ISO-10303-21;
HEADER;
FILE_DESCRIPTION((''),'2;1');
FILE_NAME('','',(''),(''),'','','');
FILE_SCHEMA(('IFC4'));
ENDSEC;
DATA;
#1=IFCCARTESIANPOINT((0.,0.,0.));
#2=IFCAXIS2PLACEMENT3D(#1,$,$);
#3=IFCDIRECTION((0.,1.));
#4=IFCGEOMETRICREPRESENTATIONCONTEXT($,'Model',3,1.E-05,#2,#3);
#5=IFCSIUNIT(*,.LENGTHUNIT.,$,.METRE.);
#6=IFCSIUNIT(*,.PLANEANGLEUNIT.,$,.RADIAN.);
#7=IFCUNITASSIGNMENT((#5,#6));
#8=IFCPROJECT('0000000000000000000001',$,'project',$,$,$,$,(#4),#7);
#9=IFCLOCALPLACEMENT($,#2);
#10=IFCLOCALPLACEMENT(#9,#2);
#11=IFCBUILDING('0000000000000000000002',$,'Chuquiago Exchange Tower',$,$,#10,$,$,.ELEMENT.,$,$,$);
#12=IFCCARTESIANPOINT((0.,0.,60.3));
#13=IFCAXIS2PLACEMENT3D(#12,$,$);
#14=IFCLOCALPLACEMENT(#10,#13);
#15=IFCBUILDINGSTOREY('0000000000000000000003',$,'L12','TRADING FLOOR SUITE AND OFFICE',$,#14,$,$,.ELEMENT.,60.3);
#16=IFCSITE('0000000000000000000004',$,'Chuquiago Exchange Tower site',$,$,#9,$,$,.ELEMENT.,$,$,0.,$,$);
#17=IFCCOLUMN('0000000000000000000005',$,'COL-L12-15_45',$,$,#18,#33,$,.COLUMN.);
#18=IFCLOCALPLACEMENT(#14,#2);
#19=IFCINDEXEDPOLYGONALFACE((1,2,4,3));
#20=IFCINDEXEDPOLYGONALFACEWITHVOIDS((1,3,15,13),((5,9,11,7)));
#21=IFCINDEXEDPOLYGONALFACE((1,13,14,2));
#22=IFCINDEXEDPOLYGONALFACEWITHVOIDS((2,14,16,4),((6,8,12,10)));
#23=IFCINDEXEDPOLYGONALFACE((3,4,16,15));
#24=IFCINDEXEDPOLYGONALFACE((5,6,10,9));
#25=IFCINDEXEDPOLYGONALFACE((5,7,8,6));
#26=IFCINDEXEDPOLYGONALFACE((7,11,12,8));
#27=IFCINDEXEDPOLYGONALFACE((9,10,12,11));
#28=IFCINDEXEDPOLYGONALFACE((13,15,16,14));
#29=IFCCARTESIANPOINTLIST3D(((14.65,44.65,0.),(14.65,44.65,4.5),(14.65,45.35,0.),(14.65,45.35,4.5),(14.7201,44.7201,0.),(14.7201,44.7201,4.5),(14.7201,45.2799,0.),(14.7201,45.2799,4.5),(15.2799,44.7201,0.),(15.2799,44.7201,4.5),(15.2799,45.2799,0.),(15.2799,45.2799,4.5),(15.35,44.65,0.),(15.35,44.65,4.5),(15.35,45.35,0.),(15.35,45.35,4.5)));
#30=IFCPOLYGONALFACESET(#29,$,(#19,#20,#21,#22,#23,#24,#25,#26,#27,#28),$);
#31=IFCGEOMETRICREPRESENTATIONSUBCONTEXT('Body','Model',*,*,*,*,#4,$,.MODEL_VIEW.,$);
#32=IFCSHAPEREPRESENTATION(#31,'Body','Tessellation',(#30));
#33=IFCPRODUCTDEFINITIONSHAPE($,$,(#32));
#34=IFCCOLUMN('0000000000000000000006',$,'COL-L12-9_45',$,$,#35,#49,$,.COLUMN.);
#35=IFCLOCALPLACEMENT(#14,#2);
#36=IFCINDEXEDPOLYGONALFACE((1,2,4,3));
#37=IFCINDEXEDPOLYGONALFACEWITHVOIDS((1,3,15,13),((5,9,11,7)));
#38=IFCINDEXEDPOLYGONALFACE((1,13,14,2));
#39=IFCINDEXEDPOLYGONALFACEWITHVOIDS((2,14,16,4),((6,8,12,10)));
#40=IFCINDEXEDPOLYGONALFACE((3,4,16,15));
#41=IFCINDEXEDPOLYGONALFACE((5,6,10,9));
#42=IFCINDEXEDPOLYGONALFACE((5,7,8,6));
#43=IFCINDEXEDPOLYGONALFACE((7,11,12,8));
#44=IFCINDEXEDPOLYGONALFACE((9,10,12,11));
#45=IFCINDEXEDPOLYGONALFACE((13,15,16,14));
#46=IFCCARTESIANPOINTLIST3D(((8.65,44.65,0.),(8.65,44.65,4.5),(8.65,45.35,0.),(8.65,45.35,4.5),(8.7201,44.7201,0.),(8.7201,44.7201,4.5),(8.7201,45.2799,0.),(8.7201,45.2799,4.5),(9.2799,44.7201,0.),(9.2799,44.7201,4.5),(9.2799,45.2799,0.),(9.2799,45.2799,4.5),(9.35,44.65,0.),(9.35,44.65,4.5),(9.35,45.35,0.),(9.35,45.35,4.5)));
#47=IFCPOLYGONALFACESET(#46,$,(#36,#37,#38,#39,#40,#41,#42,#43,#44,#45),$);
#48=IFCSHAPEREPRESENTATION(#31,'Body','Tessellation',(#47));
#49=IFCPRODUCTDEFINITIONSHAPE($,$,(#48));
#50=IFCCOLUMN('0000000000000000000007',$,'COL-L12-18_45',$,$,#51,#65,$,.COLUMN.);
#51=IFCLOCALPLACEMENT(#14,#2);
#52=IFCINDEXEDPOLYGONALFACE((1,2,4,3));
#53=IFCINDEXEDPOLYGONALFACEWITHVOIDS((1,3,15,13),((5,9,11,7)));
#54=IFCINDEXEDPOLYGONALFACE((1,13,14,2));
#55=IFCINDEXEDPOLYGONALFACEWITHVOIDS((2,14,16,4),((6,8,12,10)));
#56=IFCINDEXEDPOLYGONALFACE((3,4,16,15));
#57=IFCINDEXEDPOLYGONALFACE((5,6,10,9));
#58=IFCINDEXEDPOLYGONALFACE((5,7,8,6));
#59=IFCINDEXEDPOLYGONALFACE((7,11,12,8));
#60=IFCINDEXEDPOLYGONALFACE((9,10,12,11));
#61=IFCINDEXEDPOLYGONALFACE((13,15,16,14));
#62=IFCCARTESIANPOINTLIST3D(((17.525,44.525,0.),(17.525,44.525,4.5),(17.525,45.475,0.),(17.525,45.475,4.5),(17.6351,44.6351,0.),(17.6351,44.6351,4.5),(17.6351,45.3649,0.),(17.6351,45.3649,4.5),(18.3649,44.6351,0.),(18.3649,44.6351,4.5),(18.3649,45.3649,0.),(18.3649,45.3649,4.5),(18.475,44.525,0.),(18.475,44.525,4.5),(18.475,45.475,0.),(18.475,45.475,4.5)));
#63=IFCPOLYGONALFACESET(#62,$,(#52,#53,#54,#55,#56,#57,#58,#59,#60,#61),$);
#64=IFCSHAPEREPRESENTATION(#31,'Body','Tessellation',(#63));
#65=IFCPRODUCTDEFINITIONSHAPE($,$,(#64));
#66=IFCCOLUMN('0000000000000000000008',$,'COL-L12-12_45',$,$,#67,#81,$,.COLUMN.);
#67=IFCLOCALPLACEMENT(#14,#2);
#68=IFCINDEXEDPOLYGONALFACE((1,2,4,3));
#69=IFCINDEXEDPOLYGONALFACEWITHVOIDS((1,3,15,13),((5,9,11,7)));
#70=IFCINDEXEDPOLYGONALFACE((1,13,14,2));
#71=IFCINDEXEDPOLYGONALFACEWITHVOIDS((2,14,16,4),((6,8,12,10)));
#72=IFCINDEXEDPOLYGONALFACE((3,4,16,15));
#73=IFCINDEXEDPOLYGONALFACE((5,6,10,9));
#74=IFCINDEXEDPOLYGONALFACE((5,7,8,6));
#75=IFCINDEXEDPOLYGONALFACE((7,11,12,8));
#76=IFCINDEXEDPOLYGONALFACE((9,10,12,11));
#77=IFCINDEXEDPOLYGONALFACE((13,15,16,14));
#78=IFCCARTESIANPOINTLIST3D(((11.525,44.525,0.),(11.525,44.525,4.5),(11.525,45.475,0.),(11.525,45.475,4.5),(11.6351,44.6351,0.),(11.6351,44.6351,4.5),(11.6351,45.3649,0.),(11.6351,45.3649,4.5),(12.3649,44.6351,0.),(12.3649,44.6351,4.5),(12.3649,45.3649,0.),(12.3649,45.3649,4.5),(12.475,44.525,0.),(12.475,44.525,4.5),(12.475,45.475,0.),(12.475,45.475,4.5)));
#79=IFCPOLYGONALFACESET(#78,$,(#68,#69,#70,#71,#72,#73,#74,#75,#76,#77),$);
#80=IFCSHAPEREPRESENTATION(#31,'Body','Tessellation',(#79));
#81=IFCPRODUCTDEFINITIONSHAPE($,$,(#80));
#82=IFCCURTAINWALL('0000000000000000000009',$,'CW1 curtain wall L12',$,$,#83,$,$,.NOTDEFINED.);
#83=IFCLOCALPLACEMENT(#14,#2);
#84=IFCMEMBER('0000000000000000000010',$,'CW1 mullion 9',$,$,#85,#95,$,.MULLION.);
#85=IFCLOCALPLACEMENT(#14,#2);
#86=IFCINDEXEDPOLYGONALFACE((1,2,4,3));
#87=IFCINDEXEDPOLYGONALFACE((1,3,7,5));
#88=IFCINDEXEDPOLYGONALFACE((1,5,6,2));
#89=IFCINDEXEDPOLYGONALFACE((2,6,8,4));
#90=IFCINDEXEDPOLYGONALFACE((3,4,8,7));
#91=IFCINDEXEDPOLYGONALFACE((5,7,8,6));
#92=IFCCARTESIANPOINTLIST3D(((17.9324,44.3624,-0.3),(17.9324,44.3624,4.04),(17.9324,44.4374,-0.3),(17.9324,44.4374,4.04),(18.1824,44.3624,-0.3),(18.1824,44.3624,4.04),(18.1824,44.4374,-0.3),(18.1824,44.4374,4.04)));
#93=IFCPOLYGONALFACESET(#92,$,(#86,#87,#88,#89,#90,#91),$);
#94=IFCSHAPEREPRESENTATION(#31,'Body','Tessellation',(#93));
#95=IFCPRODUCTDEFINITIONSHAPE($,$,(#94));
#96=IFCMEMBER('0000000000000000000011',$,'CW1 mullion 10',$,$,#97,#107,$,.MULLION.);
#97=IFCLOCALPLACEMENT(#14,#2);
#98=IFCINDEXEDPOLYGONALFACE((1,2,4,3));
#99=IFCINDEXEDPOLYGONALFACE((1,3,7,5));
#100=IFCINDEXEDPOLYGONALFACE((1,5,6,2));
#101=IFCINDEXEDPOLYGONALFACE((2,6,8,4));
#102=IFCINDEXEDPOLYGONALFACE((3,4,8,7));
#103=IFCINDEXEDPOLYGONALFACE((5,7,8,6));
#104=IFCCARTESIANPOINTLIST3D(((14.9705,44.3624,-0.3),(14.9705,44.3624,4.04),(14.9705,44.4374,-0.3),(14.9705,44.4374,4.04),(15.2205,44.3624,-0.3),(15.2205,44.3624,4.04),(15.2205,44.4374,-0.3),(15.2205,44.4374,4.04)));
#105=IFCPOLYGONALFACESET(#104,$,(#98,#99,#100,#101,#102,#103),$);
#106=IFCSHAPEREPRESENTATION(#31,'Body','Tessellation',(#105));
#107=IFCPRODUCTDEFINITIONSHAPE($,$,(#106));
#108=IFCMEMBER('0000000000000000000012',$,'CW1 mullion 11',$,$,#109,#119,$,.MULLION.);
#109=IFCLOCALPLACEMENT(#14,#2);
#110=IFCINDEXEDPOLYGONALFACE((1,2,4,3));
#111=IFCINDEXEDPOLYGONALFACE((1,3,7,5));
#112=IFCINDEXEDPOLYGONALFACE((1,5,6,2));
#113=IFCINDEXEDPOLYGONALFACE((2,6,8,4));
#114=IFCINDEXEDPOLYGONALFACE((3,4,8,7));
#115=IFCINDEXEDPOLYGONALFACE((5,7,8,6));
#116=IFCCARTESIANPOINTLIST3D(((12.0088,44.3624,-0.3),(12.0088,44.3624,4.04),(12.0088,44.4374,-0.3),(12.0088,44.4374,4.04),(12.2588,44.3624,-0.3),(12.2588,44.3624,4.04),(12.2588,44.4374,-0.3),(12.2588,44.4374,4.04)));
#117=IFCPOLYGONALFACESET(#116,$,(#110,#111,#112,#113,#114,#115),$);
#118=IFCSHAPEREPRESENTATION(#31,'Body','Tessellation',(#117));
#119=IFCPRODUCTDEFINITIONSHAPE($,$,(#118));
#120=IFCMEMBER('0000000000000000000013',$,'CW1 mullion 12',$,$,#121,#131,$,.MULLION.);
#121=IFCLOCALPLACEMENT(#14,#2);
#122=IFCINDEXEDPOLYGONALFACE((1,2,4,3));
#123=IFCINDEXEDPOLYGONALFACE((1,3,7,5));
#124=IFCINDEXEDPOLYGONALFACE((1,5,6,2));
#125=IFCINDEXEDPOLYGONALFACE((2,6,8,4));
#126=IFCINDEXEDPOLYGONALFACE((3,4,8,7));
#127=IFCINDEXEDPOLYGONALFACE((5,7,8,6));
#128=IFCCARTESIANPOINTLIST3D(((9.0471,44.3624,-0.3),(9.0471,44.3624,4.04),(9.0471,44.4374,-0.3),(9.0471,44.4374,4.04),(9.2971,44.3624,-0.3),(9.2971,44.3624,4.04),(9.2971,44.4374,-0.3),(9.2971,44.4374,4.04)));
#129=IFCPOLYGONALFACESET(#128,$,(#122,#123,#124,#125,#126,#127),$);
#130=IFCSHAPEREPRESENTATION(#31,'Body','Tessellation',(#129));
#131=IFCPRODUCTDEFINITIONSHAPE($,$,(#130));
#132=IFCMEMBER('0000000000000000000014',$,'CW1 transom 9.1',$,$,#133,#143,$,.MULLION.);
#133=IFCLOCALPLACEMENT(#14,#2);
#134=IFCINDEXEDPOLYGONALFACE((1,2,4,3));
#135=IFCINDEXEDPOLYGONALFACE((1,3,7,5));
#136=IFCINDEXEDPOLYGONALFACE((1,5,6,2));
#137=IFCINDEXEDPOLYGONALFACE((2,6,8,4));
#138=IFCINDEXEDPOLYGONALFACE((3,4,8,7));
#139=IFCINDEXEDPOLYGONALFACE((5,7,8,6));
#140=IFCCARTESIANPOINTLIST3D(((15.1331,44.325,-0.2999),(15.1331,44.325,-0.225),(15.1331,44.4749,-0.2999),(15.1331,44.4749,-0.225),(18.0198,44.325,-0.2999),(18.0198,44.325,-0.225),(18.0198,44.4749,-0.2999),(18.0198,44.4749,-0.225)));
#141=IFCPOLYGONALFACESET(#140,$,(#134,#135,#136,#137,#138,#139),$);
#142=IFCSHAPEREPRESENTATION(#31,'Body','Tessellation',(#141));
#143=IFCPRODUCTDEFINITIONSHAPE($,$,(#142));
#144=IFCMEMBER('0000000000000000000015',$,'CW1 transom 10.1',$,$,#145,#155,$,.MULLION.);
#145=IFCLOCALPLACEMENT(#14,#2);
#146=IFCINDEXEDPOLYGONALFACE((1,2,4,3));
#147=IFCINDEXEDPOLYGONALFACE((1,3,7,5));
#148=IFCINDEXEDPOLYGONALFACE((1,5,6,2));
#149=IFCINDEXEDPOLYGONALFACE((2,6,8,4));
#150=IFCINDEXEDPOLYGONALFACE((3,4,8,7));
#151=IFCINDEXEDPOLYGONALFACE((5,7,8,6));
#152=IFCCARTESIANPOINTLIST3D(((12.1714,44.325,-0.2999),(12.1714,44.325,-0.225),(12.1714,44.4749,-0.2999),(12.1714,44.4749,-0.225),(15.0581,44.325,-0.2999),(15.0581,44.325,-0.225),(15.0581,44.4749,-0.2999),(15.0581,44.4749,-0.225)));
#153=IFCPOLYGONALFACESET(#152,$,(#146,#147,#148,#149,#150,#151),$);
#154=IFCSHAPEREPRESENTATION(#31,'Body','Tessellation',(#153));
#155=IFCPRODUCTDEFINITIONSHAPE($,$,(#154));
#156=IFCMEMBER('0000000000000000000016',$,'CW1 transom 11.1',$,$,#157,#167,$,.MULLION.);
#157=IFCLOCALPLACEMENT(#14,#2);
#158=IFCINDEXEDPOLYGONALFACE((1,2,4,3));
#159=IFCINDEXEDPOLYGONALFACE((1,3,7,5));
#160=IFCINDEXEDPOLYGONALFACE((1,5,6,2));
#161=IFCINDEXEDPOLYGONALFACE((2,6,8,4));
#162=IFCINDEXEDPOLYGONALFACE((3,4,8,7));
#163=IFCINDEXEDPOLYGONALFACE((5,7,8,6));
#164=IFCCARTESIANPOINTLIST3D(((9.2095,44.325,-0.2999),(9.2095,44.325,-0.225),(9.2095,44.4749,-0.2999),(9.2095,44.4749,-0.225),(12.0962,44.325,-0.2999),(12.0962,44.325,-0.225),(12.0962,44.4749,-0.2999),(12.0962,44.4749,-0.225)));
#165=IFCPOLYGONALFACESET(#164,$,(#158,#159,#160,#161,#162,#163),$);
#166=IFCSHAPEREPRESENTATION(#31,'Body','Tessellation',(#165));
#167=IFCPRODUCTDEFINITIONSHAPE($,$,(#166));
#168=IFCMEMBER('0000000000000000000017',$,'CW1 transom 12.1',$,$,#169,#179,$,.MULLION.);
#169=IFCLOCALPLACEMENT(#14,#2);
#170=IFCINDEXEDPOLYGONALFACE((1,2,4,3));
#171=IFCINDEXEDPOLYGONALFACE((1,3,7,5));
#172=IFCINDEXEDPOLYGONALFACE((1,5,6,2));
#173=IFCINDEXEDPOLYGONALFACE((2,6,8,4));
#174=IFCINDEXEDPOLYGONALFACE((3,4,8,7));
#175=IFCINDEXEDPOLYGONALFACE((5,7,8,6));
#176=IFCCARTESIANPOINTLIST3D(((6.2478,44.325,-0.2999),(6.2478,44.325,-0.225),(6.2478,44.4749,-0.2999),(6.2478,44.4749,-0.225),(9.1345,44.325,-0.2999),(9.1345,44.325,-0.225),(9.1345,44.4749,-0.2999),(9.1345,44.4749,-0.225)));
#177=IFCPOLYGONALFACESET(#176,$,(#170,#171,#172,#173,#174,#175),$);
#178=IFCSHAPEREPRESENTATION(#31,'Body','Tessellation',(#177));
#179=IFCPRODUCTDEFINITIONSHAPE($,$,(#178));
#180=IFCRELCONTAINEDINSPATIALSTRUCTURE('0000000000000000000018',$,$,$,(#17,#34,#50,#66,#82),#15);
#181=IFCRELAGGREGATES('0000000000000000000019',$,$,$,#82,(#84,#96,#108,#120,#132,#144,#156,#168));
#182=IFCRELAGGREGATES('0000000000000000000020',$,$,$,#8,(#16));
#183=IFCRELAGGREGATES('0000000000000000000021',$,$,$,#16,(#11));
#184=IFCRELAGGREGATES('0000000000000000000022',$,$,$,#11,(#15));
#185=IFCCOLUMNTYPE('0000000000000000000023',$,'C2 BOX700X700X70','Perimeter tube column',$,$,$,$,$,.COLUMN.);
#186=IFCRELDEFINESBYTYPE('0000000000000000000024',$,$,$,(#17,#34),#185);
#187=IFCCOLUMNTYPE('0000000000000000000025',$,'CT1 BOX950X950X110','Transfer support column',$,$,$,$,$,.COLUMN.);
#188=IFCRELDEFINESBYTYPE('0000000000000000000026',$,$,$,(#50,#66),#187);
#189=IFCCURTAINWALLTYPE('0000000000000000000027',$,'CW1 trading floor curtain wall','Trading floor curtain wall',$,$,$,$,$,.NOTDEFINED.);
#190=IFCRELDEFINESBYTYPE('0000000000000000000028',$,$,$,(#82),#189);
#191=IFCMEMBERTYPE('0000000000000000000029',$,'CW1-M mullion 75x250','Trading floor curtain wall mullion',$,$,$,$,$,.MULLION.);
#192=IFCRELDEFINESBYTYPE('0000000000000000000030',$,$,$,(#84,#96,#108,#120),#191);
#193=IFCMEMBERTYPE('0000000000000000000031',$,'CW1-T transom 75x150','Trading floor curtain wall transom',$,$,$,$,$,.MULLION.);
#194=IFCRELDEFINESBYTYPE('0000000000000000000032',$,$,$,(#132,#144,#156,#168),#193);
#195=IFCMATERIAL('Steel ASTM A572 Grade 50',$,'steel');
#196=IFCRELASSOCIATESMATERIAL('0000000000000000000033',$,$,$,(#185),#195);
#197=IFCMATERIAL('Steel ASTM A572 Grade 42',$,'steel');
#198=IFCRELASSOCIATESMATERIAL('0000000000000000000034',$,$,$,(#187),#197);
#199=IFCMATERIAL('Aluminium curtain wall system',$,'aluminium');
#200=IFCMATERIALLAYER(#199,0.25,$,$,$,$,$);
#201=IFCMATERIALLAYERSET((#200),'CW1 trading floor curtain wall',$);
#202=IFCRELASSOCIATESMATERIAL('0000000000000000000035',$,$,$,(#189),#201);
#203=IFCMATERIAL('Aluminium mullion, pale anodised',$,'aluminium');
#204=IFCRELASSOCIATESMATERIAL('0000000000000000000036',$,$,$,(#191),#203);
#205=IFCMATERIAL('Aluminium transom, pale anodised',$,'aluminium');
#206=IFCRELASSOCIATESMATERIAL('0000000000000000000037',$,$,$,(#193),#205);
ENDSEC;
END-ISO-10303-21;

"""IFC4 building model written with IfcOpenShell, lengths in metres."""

from ifc_helpers import new_model, si_unit, direction, frame, origin, origin_2d, place, context, subcontext, project, spatial, rectangle, hollow_rectangle, extrude, material, layer, layer_set, material_profile, profile_set, type_object, element, aggregate, save


model = new_model("IFC4")

# Units and contexts
model_context = context("Model", 3, precision=1e-05, world=origin(), true_north=direction((0.0, 1.0)))
body_context = subcontext(model_context, "Body", "Model", "MODEL_VIEW")
ifc_project = project(units=[si_unit("LENGTHUNIT", "METRE"), si_unit("PLANEANGLEUNIT", "RADIAN")], contexts=[model_context])

# Site, building, storey
site_placement = place(None, origin())
site = spatial("IfcSite", under=ifc_project, at=site_placement, Name="Chuquiago Exchange Tower site", CompositionType="ELEMENT", RefElevation=0.0)
building_placement = place(site_placement, origin())
building = spatial("IfcBuilding", under=site, at=building_placement, Name="Chuquiago Exchange Tower", CompositionType="ELEMENT")
storey_placement = place(building_placement, frame((0.0, 0.0, 60.3)))
storey = spatial("IfcBuildingStorey", under=building, at=storey_placement, Name="L12", Description="TRADING FLOOR SUITE AND OFFICE", CompositionType="ELEMENT", Elevation=60.3)

# Columns
ifc_material_1 = material(Name="Steel ASTM A572 Grade 50", Category="steel")
ifc_material_profile_1 = material_profile(ifc_material_1, hollow_rectangle(XDim=0.7, YDim=0.7, WallThickness=0.0701, at=origin_2d()), Name="BOX700X700X70")
ifc_profile_set_1 = profile_set([ifc_material_profile_1], Name="Steel ASTM A572 Grade 50")
column_type_1 = type_object("IfcColumnType", Name="C2 BOX700X700X70", Description="Perimeter tube column", PredefinedType="COLUMN", material=ifc_profile_set_1)
for number, where, z_axis, x_axis, name in (
    (1, (15.0, 45.0, 0.0), (0.0, 0.0, 1.0), (0.0, 1.0, 0.0), "COL-L12-15_45"),
    (2, (9.0, 45.0, 0.0), (0.0, 0.0, 1.0), (0.0, 1.0, 0.0), "COL-L12-9_45"),
):
    element("IfcColumn", number, at=place(storey_placement, frame(where, z_axis=z_axis, x_axis=x_axis)), inside=storey, type_object=column_type_1, Name=name, PredefinedType="COLUMN", context=body_context, shape_type="SweptSolid", body=[
        extrude(hollow_rectangle(XDim=0.7, YDim=0.7, WallThickness=0.0701, at=origin_2d()), origin(), (0.0, 0.0, 1.0), 4.5),
    ])
ifc_material_2 = material(Name="Steel ASTM A572 Grade 42", Category="steel")
ifc_material_profile_2 = material_profile(ifc_material_2, hollow_rectangle(XDim=0.95, YDim=0.95, WallThickness=0.1101, at=origin_2d()), Name="BOX950X950X110")
ifc_profile_set_2 = profile_set([ifc_material_profile_2], Name="Steel ASTM A572 Grade 42")
column_type_2 = type_object("IfcColumnType", Name="CT1 BOX950X950X110", Description="Transfer support column", PredefinedType="COLUMN", material=ifc_profile_set_2)
for number, where, z_axis, x_axis, name in (
    (3, (18.0, 45.0, 0.0), (0.0, 0.0, 1.0), (0.0, 1.0, 0.0), "COL-L12-18_45"),
    (4, (12.0, 45.0, 0.0), (0.0, 0.0, 1.0), (0.0, 1.0, 0.0), "COL-L12-12_45"),
):
    element("IfcColumn", number, at=place(storey_placement, frame(where, z_axis=z_axis, x_axis=x_axis)), inside=storey, type_object=column_type_2, Name=name, PredefinedType="COLUMN", context=body_context, shape_type="SweptSolid", body=[
        extrude(hollow_rectangle(XDim=0.95, YDim=0.95, WallThickness=0.1101, at=origin_2d()), origin(), (0.0, 0.0, 1.0), 4.5),
    ])

# Curtain wall, members
ifc_material_3 = material(Name="Aluminium curtain wall system", Category="aluminium")
ifc_layer_1 = layer(ifc_material_3, 0.25)
ifc_layer_set_1 = layer_set([ifc_layer_1], Name="CW1 trading floor curtain wall")
curtain_wall_type = type_object("IfcCurtainWallType", Name="CW1 trading floor curtain wall", Description="Trading floor curtain wall", PredefinedType="NOTDEFINED", material=ifc_layer_set_1)
curtain_wall_placement = place(storey_placement, origin())
curtain_wall = element("IfcCurtainWall", 5, at=curtain_wall_placement, inside=storey, type_object=curtain_wall_type, Name="CW1 curtain wall L12", PredefinedType="NOTDEFINED")
ifc_material_4 = material(Name="Aluminium mullion, pale anodised", Category="aluminium")
ifc_material_profile_3 = material_profile(ifc_material_4, rectangle(XDim=0.075, YDim=0.25, at=origin_2d()), Name="AL 75x250")
ifc_profile_set_3 = profile_set([ifc_material_profile_3], Name="Aluminium mullion, pale anodised")
member_type_1 = type_object("IfcMemberType", Name="CW1-M mullion 75x250", Description="Trading floor curtain wall mullion", PredefinedType="MULLION", material=ifc_profile_set_3)
member_1_placement = place(storey_placement, frame((18.0574, 44.3999, -0.3), z_axis=(0.0, 0.0, 1.0), x_axis=(0.0, -1.0, 0.0)))
member_1 = element("IfcMember", 6, at=member_1_placement, type_object=member_type_1, Name="CW1 mullion 9", PredefinedType="MULLION", context=body_context, shape_type="SweptSolid", body=[
    extrude(rectangle(XDim=0.075, YDim=0.25, at=origin_2d()), origin(), (0.0, 0.0, 1.0), 4.3401),
])
member_2_placement = place(storey_placement, frame((15.0955, 44.3999, -0.3), z_axis=(0.0, 0.0, 1.0), x_axis=(0.0, -1.0, 0.0)))
member_2 = element("IfcMember", 7, at=member_2_placement, type_object=member_type_1, Name="CW1 mullion 10", PredefinedType="MULLION", context=body_context, shape_type="SweptSolid", body=[
    extrude(rectangle(XDim=0.075, YDim=0.25, at=origin_2d()), origin(), (0.0, 0.0, 1.0), 4.3401),
])
member_3_placement = place(storey_placement, frame((12.1338, 44.3999, -0.3), z_axis=(0.0, 0.0, 1.0), x_axis=(0.0, -1.0, 0.0)))
member_3 = element("IfcMember", 8, at=member_3_placement, type_object=member_type_1, Name="CW1 mullion 11", PredefinedType="MULLION", context=body_context, shape_type="SweptSolid", body=[
    extrude(rectangle(XDim=0.075, YDim=0.25, at=origin_2d()), origin(), (0.0, 0.0, 1.0), 4.3401),
])
member_4_placement = place(storey_placement, frame((9.1721, 44.3999, -0.3), z_axis=(0.0, 0.0, 1.0), x_axis=(0.0, -1.0, 0.0)))
member_4 = element("IfcMember", 9, at=member_4_placement, type_object=member_type_1, Name="CW1 mullion 12", PredefinedType="MULLION", context=body_context, shape_type="SweptSolid", body=[
    extrude(rectangle(XDim=0.075, YDim=0.25, at=origin_2d()), origin(), (0.0, 0.0, 1.0), 4.3401),
])
ifc_material_5 = material(Name="Aluminium transom, pale anodised", Category="aluminium")
ifc_material_profile_4 = material_profile(ifc_material_5, rectangle(XDim=0.1499, YDim=0.075, at=origin_2d()), Name="AL 150x75")
ifc_profile_set_4 = profile_set([ifc_material_profile_4], Name="Aluminium transom, pale anodised")
member_type_2 = type_object("IfcMemberType", Name="CW1-T transom 75x150", Description="Trading floor curtain wall transom", PredefinedType="MULLION", material=ifc_profile_set_4)
member_5_placement = place(storey_placement, frame((18.0198, 44.3999, -0.2625), z_axis=(-1.0, 0.0, 0.0), x_axis=(0.0, -1.0, 0.0)))
member_5 = element("IfcMember", 10, at=member_5_placement, type_object=member_type_2, Name="CW1 transom 9.1", PredefinedType="MULLION", context=body_context, shape_type="SweptSolid", body=[
    extrude(rectangle(XDim=0.1499, YDim=0.075, at=origin_2d()), origin(), (0.0, 0.0, 1.0), 2.8867),
])
member_6_placement = place(storey_placement, frame((15.0581, 44.3999, -0.2625), z_axis=(-1.0, 0.0, 0.0), x_axis=(0.0, -1.0, 0.0)))
member_6 = element("IfcMember", 11, at=member_6_placement, type_object=member_type_2, Name="CW1 transom 10.1", PredefinedType="MULLION", context=body_context, shape_type="SweptSolid", body=[
    extrude(rectangle(XDim=0.1499, YDim=0.075, at=origin_2d()), origin(), (0.0, 0.0, 1.0), 2.8867),
])
member_7_placement = place(storey_placement, frame((12.0962, 44.3999, -0.2625), z_axis=(-1.0, 0.0, 0.0), x_axis=(0.0, -1.0, 0.0)))
member_7 = element("IfcMember", 12, at=member_7_placement, type_object=member_type_2, Name="CW1 transom 11.1", PredefinedType="MULLION", context=body_context, shape_type="SweptSolid", body=[
    extrude(rectangle(XDim=0.1499, YDim=0.075, at=origin_2d()), origin(), (0.0, 0.0, 1.0), 2.8867),
])
member_8_placement = place(storey_placement, frame((9.1345, 44.3999, -0.2625), z_axis=(-1.0, 0.0, 0.0), x_axis=(0.0, -1.0, 0.0)))
member_8 = element("IfcMember", 13, at=member_8_placement, type_object=member_type_2, Name="CW1 transom 12.1", PredefinedType="MULLION", context=body_context, shape_type="SweptSolid", body=[
    extrude(rectangle(XDim=0.1499, YDim=0.075, at=origin_2d()), origin(), (0.0, 0.0, 1.0), 2.8867),
])

aggregate(curtain_wall, [member_1, member_2, member_3, member_4, member_5, member_6, member_7, member_8])

save(model, "model.ifc")
